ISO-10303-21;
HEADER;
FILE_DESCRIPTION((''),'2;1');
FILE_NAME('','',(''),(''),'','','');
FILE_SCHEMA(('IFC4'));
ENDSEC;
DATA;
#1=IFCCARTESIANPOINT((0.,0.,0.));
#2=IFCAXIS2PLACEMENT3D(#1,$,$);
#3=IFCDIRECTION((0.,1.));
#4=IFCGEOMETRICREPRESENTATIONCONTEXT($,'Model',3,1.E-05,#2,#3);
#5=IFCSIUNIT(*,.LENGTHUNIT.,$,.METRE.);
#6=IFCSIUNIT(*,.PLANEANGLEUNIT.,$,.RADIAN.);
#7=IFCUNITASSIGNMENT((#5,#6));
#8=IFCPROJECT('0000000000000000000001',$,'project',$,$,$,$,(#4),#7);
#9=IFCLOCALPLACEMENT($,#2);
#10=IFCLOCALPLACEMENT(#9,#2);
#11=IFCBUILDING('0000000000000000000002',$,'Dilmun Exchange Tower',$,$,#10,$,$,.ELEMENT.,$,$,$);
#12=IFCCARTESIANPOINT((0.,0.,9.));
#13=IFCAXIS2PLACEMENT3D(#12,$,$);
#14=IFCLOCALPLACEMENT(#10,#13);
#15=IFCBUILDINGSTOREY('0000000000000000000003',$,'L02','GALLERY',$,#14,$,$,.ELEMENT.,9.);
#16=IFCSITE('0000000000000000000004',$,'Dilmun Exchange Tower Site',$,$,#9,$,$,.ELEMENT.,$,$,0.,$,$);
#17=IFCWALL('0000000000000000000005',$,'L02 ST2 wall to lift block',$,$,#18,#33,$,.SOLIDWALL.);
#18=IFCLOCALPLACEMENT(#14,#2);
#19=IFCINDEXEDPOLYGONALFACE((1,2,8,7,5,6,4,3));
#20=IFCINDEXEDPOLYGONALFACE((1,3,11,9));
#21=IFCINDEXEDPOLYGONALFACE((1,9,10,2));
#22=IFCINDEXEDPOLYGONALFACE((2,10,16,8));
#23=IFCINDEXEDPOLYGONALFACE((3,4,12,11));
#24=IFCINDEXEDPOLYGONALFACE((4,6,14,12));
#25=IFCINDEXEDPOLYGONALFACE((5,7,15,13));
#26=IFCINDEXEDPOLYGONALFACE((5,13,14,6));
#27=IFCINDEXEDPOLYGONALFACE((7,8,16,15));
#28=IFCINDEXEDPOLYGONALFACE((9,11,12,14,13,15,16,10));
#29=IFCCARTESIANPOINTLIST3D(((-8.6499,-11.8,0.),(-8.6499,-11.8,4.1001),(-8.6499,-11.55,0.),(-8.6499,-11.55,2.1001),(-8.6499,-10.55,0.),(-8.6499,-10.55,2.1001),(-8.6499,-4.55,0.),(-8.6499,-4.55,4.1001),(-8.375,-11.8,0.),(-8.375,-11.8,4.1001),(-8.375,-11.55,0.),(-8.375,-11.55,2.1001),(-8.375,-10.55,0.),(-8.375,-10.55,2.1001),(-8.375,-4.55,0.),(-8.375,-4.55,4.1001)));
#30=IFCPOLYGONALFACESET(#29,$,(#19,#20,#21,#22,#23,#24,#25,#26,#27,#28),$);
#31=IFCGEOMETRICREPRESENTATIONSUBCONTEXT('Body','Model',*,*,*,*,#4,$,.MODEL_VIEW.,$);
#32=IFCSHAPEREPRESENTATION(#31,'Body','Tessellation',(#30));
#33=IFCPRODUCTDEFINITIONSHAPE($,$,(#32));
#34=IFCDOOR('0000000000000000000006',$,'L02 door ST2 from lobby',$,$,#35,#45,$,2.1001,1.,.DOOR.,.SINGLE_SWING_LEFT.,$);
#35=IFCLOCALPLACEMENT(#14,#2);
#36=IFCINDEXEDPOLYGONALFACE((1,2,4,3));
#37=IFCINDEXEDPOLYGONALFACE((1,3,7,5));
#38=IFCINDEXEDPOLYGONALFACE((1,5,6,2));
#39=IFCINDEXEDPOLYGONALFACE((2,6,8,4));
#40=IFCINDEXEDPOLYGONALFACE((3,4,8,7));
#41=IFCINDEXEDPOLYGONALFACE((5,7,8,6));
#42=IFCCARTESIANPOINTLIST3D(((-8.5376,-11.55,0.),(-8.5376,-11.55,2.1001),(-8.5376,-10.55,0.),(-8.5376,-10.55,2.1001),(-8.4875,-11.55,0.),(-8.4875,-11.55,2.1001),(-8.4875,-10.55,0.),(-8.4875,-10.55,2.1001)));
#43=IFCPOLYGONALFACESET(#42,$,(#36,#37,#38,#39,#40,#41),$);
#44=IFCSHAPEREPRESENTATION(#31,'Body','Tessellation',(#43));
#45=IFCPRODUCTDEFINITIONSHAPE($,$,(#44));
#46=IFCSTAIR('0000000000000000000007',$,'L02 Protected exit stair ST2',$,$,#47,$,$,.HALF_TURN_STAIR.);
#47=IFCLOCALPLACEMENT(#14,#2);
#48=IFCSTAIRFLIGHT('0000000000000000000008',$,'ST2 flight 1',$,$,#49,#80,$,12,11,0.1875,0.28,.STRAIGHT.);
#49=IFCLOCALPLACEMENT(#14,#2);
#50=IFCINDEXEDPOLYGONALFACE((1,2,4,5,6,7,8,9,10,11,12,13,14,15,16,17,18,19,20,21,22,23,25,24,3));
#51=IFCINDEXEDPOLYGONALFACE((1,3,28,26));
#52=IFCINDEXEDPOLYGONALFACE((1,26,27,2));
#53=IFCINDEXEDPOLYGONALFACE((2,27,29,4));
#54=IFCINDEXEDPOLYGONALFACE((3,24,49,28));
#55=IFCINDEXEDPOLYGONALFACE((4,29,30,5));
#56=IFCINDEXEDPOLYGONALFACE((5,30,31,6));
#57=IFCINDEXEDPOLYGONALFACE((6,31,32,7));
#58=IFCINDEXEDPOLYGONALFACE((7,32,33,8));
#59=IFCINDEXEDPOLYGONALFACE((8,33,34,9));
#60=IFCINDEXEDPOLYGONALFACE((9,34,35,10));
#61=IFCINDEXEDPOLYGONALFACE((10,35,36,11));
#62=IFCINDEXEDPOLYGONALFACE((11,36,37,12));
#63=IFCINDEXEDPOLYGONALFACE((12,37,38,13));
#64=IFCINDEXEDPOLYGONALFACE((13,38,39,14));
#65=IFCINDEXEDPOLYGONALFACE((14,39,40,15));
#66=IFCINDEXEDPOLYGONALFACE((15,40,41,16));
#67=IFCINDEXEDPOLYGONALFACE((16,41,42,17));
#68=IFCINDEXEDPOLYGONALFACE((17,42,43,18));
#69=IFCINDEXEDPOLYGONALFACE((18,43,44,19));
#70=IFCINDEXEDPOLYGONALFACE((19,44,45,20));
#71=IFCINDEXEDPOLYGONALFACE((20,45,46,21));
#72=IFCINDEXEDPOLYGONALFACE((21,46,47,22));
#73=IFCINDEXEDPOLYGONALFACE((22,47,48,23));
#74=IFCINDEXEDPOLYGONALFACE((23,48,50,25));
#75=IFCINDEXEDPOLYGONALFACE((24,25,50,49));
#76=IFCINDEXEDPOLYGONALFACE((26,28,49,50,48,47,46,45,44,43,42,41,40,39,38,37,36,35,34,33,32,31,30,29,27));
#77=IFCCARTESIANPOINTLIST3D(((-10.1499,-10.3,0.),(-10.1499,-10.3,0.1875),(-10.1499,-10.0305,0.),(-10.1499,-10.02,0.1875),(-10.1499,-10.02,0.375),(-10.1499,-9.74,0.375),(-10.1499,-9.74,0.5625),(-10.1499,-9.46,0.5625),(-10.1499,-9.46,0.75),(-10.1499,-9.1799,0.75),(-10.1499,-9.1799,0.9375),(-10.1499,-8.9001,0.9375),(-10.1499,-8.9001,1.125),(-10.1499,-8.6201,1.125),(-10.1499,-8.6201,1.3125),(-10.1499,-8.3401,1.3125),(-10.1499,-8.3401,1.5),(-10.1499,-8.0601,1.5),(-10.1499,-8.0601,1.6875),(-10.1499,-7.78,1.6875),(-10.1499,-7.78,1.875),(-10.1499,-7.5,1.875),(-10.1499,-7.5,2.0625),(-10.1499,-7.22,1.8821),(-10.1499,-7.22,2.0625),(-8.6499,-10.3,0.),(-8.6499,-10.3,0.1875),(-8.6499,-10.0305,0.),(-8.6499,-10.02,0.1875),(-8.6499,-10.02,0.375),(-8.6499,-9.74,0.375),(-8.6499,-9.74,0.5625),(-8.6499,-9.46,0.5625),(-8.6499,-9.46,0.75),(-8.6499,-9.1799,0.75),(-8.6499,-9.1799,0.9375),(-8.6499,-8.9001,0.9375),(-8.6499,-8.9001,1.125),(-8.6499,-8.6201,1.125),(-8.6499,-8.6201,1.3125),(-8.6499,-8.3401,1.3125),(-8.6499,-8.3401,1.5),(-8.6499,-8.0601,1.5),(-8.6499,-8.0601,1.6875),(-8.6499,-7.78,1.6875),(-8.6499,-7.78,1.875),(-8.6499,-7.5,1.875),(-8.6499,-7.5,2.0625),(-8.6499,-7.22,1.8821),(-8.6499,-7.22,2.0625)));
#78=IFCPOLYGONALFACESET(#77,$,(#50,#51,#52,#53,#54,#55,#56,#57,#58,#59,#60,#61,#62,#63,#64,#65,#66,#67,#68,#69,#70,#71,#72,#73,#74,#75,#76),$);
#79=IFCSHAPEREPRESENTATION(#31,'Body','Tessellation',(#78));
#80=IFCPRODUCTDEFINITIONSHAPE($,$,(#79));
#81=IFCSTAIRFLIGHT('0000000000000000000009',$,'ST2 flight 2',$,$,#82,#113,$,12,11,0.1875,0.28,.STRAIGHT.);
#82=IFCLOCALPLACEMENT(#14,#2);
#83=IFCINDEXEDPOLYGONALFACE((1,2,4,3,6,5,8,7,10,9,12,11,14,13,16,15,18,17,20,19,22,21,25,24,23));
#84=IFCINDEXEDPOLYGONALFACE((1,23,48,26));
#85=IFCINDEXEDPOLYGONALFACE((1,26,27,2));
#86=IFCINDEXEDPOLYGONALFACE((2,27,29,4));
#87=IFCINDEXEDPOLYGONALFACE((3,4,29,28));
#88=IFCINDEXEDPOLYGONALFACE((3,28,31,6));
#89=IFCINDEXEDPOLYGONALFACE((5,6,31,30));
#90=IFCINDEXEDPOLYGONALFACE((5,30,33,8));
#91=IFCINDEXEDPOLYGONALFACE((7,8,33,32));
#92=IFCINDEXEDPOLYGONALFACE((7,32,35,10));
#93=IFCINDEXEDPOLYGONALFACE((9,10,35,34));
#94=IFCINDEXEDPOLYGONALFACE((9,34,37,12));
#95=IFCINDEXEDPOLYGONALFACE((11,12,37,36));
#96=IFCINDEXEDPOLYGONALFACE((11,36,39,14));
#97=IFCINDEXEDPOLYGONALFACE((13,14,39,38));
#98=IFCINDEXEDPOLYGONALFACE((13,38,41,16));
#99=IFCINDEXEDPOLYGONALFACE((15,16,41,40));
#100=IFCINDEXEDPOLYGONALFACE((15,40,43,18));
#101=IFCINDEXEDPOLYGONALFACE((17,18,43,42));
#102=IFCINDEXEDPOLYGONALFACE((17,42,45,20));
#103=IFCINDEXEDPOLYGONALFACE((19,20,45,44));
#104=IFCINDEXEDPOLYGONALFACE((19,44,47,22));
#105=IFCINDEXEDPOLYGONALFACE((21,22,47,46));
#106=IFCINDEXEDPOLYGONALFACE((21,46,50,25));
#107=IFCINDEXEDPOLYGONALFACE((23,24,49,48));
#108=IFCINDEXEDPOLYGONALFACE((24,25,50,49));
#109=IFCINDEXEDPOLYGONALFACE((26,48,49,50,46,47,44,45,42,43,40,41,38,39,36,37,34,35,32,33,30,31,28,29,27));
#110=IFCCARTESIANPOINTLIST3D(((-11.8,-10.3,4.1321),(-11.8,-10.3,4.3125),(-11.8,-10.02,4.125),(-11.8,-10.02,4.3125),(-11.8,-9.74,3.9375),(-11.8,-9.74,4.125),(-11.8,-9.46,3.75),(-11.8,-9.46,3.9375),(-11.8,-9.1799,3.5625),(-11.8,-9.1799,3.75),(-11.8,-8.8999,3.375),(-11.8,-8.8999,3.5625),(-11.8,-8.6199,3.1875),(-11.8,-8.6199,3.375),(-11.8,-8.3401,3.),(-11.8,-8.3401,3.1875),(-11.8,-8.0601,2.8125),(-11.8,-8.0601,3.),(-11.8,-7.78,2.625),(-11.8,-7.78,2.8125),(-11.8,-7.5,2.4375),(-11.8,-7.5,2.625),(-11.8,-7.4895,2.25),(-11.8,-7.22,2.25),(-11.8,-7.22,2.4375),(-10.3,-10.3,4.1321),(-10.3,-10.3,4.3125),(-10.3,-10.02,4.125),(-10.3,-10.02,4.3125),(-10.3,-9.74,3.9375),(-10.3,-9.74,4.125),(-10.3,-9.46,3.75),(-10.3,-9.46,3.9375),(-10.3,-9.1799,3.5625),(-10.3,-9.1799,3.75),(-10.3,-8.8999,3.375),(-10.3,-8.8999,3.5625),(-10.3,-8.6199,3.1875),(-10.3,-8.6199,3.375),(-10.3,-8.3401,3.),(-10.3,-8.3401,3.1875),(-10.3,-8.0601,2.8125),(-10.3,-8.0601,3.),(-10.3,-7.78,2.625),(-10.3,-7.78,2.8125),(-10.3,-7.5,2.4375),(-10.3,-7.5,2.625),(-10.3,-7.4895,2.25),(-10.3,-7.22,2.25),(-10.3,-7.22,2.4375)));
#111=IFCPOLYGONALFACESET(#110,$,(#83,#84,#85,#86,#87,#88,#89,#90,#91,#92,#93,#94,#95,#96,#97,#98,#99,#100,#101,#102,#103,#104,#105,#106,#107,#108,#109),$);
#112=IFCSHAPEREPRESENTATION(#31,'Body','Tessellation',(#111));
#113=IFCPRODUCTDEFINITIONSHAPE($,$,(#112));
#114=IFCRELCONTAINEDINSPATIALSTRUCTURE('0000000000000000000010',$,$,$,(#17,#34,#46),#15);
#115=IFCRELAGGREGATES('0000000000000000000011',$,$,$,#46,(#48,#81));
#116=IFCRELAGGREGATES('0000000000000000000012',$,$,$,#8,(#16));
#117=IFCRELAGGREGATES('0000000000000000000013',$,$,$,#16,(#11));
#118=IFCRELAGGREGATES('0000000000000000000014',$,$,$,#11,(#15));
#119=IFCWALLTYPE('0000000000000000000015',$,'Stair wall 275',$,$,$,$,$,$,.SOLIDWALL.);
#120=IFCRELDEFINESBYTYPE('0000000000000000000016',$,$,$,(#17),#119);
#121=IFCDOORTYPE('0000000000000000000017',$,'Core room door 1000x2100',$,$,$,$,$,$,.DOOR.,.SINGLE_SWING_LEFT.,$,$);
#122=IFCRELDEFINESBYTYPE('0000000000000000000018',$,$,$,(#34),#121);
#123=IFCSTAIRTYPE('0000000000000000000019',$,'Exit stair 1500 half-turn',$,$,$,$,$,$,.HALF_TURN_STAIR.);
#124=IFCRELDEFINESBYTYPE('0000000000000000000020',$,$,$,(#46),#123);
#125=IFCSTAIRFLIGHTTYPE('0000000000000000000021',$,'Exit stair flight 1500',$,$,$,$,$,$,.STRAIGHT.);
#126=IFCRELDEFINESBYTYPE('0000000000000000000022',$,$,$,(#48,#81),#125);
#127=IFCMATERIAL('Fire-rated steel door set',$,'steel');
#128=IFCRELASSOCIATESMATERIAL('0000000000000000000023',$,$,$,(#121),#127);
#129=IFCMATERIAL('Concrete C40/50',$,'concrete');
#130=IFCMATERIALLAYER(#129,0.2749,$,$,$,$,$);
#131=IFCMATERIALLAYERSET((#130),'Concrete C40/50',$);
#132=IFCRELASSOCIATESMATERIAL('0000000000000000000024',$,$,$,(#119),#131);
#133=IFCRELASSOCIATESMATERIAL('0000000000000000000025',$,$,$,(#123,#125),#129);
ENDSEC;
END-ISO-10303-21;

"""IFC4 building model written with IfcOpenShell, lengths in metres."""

from ifc_helpers import new_model, si_unit, direction, frame, frame_2d, origin, place, context, subcontext, project, spatial, polyline, rectangle, outline, extrude, material, layer, layer_set, type_object, element, fill, aggregate, save


model = new_model("IFC4")

# Units and contexts
model_context = context("Model", 3, precision=1e-05, world=origin(), true_north=direction((0.0, 1.0)))
body_context = subcontext(model_context, "Body", "Model", "MODEL_VIEW")
ifc_project = project(units=[si_unit("LENGTHUNIT", "METRE"), si_unit("PLANEANGLEUNIT", "RADIAN")], contexts=[model_context])

# Site, building, storey
site_placement = place(None, origin())
site = spatial("IfcSite", under=ifc_project, at=site_placement, Name="Dilmun Exchange Tower Site", CompositionType="ELEMENT", RefElevation=0.0)
building_placement = place(site_placement, origin())
building = spatial("IfcBuilding", under=site, at=building_placement, Name="Dilmun Exchange Tower", CompositionType="ELEMENT")
storey_placement = place(building_placement, frame((0.0, 0.0, 9.0)))
storey = spatial("IfcBuildingStorey", under=building, at=storey_placement, Name="L02", Description="GALLERY", CompositionType="ELEMENT", Elevation=9.0)

# Shared definitions
ifc_material_1 = material(Name="Concrete C40/50", Category="concrete")

# Shared definitions
ifc_material_2 = material(Name="Fire-rated steel door set", Category="steel")
door_type_1 = type_object("IfcDoorType", Name="Core room door 1000x2100", OperationType="SINGLE_SWING_LEFT", PredefinedType="DOOR", material=ifc_material_2)

# Wall, opening, door
ifc_layer_1 = layer(ifc_material_1, 0.2749)
ifc_layer_set_1 = layer_set([ifc_layer_1], Name="Concrete C40/50")
wall_type_1 = type_object("IfcWallType", Name="Stair wall 275", PredefinedType="SOLIDWALL", material=ifc_layer_set_1)
wall_1_placement = place(storey_placement, frame((-8.5125, -4.55, 0.0), z_axis=(0.0, 0.0, 1.0), x_axis=(0.0, -1.0, 0.0)))
wall_1 = element("IfcWall", 1, at=wall_1_placement, inside=storey, type_object=wall_type_1, Name="L02 ST2 wall to lift block", PredefinedType="SOLIDWALL", context=body_context, shape_type="SweptSolid", body=[
    extrude(rectangle(XDim=7.25, YDim=0.2749, at=frame_2d((3.625, 0.0))), origin(), (0.0, 0.0, 1.0), 4.1001),
])
opening_1_placement = place(wall_1_placement, frame((6.0, 0.0, 0.0)))
opening_1 = element("IfcOpeningElement", 2, at=opening_1_placement, cuts=wall_1, PredefinedType="OPENING", context=body_context, shape_type="SweptSolid", body=[
    extrude(rectangle(XDim=1.0, YDim=2.1001, at=frame_2d((0.5, 1.05))), frame((0.0, 0.1475, 0.0), z_axis=(0.0, -1.0, 0.0), x_axis=(1.0, 0.0, 0.0)), (0.0, 0.0, 1.0), 0.2949),
])
door_1_placement = place(opening_1_placement, origin())
door_1 = element("IfcDoor", 3, at=door_1_placement, inside=storey, type_object=door_type_1, Name="L02 door ST2 from lobby", OperationType="SINGLE_SWING_LEFT", OverallHeight=2.1001, OverallWidth=1.0, PredefinedType="DOOR", context=body_context, shape_type="SweptSolid", body=[
    extrude(rectangle(XDim=1.0, YDim=2.1001, at=frame_2d((0.5, 1.05))), frame((0.0, 0.0249, 0.0), z_axis=(0.0, -1.0, 0.0), x_axis=(1.0, 0.0, 0.0)), (0.0, 0.0, 1.0), 0.05),
])
fill(opening_1, door_1)

# Stair, stair flights
stair_type = type_object("IfcStairType", Name="Exit stair 1500 half-turn", PredefinedType="HALF_TURN_STAIR", material=ifc_material_1)
stair_placement = place(storey_placement, origin())
stair = element("IfcStair", 4, at=stair_placement, inside=storey, type_object=stair_type, Name="L02 Protected exit stair ST2", PredefinedType="HALF_TURN_STAIR")
stair_flight_type = type_object("IfcStairFlightType", Name="Exit stair flight 1500", PredefinedType="STRAIGHT", material=ifc_material_1)
stair_flight_1_placement = place(storey_placement, frame((-9.3999, -10.3, 0.0), z_axis=(0.0, 0.0, 1.0), x_axis=(0.0, 1.0, 0.0)))
stair_flight_1 = element("IfcStairFlight", 5, at=stair_flight_1_placement, type_object=stair_flight_type, Name="ST2 flight 1", NumberOfRisers=12, NumberOfTreads=11, PredefinedType="STRAIGHT", RiserHeight=0.1875, TreadLength=0.28, context=body_context, shape_type="SweptSolid", body=[
    extrude(outline(polyline([(0.0, 0.0), (0.0, 0.1875), (0.28, 0.1875), (0.28, 0.375), (0.5601, 0.375), (0.5601, 0.5625), (0.8401, 0.5625), (0.8401, 0.75), (1.1201, 0.75), (1.1201, 0.9375), (1.3999, 0.9375), (1.3999, 1.125), (1.6799, 1.125), (1.6799, 1.3125), (1.96, 1.3125), (1.96, 1.5), (2.24, 1.5), (2.24, 1.6875), (2.52, 1.6875), (2.52, 1.875), (2.8, 1.875), (2.8, 2.0625), (3.0801, 2.0625), (3.0801, 2.25), (3.0801, 1.8821), (0.2695, 0.0), (0.0, 0.0)])), frame((0.0, 0.75, 0.0), z_axis=(0.0, -1.0, 0.0), x_axis=(1.0, 0.0, 0.0)), (0.0, 0.0, 1.0), 1.5),
])
stair_flight_2_placement = place(storey_placement, frame((-11.05, -7.22, 2.25), z_axis=(0.0, 0.0, 1.0), x_axis=(0.0, -1.0, 0.0)))
stair_flight_2 = element("IfcStairFlight", 6, at=stair_flight_2_placement, type_object=stair_flight_type, Name="ST2 flight 2", NumberOfRisers=12, NumberOfTreads=11, PredefinedType="STRAIGHT", RiserHeight=0.1875, TreadLength=0.28, context=body_context, shape_type="SweptSolid", body=[
    extrude(outline(polyline([(0.0, 0.0), (0.0, 0.1875), (0.28, 0.1875), (0.28, 0.375), (0.5601, 0.375), (0.5601, 0.5625), (0.8401, 0.5625), (0.8401, 0.75), (1.1201, 0.75), (1.1201, 0.9375), (1.3999, 0.9375), (1.3999, 1.125), (1.6799, 1.125), (1.6799, 1.3125), (1.96, 1.3125), (1.96, 1.5), (2.24, 1.5), (2.24, 1.6875), (2.52, 1.6875), (2.52, 1.875), (2.8, 1.875), (2.8, 2.0625), (3.0801, 2.0625), (3.0801, 2.25), (3.0801, 1.8821), (0.2695, 0.0), (0.0, 0.0)])), frame((0.0, 0.75, 0.0), z_axis=(0.0, -1.0, 0.0), x_axis=(1.0, 0.0, 0.0)), (0.0, 0.0, 1.0), 1.5),
])
aggregate(stair, [stair_flight_1, stair_flight_2])

save(model, "model.ifc")
